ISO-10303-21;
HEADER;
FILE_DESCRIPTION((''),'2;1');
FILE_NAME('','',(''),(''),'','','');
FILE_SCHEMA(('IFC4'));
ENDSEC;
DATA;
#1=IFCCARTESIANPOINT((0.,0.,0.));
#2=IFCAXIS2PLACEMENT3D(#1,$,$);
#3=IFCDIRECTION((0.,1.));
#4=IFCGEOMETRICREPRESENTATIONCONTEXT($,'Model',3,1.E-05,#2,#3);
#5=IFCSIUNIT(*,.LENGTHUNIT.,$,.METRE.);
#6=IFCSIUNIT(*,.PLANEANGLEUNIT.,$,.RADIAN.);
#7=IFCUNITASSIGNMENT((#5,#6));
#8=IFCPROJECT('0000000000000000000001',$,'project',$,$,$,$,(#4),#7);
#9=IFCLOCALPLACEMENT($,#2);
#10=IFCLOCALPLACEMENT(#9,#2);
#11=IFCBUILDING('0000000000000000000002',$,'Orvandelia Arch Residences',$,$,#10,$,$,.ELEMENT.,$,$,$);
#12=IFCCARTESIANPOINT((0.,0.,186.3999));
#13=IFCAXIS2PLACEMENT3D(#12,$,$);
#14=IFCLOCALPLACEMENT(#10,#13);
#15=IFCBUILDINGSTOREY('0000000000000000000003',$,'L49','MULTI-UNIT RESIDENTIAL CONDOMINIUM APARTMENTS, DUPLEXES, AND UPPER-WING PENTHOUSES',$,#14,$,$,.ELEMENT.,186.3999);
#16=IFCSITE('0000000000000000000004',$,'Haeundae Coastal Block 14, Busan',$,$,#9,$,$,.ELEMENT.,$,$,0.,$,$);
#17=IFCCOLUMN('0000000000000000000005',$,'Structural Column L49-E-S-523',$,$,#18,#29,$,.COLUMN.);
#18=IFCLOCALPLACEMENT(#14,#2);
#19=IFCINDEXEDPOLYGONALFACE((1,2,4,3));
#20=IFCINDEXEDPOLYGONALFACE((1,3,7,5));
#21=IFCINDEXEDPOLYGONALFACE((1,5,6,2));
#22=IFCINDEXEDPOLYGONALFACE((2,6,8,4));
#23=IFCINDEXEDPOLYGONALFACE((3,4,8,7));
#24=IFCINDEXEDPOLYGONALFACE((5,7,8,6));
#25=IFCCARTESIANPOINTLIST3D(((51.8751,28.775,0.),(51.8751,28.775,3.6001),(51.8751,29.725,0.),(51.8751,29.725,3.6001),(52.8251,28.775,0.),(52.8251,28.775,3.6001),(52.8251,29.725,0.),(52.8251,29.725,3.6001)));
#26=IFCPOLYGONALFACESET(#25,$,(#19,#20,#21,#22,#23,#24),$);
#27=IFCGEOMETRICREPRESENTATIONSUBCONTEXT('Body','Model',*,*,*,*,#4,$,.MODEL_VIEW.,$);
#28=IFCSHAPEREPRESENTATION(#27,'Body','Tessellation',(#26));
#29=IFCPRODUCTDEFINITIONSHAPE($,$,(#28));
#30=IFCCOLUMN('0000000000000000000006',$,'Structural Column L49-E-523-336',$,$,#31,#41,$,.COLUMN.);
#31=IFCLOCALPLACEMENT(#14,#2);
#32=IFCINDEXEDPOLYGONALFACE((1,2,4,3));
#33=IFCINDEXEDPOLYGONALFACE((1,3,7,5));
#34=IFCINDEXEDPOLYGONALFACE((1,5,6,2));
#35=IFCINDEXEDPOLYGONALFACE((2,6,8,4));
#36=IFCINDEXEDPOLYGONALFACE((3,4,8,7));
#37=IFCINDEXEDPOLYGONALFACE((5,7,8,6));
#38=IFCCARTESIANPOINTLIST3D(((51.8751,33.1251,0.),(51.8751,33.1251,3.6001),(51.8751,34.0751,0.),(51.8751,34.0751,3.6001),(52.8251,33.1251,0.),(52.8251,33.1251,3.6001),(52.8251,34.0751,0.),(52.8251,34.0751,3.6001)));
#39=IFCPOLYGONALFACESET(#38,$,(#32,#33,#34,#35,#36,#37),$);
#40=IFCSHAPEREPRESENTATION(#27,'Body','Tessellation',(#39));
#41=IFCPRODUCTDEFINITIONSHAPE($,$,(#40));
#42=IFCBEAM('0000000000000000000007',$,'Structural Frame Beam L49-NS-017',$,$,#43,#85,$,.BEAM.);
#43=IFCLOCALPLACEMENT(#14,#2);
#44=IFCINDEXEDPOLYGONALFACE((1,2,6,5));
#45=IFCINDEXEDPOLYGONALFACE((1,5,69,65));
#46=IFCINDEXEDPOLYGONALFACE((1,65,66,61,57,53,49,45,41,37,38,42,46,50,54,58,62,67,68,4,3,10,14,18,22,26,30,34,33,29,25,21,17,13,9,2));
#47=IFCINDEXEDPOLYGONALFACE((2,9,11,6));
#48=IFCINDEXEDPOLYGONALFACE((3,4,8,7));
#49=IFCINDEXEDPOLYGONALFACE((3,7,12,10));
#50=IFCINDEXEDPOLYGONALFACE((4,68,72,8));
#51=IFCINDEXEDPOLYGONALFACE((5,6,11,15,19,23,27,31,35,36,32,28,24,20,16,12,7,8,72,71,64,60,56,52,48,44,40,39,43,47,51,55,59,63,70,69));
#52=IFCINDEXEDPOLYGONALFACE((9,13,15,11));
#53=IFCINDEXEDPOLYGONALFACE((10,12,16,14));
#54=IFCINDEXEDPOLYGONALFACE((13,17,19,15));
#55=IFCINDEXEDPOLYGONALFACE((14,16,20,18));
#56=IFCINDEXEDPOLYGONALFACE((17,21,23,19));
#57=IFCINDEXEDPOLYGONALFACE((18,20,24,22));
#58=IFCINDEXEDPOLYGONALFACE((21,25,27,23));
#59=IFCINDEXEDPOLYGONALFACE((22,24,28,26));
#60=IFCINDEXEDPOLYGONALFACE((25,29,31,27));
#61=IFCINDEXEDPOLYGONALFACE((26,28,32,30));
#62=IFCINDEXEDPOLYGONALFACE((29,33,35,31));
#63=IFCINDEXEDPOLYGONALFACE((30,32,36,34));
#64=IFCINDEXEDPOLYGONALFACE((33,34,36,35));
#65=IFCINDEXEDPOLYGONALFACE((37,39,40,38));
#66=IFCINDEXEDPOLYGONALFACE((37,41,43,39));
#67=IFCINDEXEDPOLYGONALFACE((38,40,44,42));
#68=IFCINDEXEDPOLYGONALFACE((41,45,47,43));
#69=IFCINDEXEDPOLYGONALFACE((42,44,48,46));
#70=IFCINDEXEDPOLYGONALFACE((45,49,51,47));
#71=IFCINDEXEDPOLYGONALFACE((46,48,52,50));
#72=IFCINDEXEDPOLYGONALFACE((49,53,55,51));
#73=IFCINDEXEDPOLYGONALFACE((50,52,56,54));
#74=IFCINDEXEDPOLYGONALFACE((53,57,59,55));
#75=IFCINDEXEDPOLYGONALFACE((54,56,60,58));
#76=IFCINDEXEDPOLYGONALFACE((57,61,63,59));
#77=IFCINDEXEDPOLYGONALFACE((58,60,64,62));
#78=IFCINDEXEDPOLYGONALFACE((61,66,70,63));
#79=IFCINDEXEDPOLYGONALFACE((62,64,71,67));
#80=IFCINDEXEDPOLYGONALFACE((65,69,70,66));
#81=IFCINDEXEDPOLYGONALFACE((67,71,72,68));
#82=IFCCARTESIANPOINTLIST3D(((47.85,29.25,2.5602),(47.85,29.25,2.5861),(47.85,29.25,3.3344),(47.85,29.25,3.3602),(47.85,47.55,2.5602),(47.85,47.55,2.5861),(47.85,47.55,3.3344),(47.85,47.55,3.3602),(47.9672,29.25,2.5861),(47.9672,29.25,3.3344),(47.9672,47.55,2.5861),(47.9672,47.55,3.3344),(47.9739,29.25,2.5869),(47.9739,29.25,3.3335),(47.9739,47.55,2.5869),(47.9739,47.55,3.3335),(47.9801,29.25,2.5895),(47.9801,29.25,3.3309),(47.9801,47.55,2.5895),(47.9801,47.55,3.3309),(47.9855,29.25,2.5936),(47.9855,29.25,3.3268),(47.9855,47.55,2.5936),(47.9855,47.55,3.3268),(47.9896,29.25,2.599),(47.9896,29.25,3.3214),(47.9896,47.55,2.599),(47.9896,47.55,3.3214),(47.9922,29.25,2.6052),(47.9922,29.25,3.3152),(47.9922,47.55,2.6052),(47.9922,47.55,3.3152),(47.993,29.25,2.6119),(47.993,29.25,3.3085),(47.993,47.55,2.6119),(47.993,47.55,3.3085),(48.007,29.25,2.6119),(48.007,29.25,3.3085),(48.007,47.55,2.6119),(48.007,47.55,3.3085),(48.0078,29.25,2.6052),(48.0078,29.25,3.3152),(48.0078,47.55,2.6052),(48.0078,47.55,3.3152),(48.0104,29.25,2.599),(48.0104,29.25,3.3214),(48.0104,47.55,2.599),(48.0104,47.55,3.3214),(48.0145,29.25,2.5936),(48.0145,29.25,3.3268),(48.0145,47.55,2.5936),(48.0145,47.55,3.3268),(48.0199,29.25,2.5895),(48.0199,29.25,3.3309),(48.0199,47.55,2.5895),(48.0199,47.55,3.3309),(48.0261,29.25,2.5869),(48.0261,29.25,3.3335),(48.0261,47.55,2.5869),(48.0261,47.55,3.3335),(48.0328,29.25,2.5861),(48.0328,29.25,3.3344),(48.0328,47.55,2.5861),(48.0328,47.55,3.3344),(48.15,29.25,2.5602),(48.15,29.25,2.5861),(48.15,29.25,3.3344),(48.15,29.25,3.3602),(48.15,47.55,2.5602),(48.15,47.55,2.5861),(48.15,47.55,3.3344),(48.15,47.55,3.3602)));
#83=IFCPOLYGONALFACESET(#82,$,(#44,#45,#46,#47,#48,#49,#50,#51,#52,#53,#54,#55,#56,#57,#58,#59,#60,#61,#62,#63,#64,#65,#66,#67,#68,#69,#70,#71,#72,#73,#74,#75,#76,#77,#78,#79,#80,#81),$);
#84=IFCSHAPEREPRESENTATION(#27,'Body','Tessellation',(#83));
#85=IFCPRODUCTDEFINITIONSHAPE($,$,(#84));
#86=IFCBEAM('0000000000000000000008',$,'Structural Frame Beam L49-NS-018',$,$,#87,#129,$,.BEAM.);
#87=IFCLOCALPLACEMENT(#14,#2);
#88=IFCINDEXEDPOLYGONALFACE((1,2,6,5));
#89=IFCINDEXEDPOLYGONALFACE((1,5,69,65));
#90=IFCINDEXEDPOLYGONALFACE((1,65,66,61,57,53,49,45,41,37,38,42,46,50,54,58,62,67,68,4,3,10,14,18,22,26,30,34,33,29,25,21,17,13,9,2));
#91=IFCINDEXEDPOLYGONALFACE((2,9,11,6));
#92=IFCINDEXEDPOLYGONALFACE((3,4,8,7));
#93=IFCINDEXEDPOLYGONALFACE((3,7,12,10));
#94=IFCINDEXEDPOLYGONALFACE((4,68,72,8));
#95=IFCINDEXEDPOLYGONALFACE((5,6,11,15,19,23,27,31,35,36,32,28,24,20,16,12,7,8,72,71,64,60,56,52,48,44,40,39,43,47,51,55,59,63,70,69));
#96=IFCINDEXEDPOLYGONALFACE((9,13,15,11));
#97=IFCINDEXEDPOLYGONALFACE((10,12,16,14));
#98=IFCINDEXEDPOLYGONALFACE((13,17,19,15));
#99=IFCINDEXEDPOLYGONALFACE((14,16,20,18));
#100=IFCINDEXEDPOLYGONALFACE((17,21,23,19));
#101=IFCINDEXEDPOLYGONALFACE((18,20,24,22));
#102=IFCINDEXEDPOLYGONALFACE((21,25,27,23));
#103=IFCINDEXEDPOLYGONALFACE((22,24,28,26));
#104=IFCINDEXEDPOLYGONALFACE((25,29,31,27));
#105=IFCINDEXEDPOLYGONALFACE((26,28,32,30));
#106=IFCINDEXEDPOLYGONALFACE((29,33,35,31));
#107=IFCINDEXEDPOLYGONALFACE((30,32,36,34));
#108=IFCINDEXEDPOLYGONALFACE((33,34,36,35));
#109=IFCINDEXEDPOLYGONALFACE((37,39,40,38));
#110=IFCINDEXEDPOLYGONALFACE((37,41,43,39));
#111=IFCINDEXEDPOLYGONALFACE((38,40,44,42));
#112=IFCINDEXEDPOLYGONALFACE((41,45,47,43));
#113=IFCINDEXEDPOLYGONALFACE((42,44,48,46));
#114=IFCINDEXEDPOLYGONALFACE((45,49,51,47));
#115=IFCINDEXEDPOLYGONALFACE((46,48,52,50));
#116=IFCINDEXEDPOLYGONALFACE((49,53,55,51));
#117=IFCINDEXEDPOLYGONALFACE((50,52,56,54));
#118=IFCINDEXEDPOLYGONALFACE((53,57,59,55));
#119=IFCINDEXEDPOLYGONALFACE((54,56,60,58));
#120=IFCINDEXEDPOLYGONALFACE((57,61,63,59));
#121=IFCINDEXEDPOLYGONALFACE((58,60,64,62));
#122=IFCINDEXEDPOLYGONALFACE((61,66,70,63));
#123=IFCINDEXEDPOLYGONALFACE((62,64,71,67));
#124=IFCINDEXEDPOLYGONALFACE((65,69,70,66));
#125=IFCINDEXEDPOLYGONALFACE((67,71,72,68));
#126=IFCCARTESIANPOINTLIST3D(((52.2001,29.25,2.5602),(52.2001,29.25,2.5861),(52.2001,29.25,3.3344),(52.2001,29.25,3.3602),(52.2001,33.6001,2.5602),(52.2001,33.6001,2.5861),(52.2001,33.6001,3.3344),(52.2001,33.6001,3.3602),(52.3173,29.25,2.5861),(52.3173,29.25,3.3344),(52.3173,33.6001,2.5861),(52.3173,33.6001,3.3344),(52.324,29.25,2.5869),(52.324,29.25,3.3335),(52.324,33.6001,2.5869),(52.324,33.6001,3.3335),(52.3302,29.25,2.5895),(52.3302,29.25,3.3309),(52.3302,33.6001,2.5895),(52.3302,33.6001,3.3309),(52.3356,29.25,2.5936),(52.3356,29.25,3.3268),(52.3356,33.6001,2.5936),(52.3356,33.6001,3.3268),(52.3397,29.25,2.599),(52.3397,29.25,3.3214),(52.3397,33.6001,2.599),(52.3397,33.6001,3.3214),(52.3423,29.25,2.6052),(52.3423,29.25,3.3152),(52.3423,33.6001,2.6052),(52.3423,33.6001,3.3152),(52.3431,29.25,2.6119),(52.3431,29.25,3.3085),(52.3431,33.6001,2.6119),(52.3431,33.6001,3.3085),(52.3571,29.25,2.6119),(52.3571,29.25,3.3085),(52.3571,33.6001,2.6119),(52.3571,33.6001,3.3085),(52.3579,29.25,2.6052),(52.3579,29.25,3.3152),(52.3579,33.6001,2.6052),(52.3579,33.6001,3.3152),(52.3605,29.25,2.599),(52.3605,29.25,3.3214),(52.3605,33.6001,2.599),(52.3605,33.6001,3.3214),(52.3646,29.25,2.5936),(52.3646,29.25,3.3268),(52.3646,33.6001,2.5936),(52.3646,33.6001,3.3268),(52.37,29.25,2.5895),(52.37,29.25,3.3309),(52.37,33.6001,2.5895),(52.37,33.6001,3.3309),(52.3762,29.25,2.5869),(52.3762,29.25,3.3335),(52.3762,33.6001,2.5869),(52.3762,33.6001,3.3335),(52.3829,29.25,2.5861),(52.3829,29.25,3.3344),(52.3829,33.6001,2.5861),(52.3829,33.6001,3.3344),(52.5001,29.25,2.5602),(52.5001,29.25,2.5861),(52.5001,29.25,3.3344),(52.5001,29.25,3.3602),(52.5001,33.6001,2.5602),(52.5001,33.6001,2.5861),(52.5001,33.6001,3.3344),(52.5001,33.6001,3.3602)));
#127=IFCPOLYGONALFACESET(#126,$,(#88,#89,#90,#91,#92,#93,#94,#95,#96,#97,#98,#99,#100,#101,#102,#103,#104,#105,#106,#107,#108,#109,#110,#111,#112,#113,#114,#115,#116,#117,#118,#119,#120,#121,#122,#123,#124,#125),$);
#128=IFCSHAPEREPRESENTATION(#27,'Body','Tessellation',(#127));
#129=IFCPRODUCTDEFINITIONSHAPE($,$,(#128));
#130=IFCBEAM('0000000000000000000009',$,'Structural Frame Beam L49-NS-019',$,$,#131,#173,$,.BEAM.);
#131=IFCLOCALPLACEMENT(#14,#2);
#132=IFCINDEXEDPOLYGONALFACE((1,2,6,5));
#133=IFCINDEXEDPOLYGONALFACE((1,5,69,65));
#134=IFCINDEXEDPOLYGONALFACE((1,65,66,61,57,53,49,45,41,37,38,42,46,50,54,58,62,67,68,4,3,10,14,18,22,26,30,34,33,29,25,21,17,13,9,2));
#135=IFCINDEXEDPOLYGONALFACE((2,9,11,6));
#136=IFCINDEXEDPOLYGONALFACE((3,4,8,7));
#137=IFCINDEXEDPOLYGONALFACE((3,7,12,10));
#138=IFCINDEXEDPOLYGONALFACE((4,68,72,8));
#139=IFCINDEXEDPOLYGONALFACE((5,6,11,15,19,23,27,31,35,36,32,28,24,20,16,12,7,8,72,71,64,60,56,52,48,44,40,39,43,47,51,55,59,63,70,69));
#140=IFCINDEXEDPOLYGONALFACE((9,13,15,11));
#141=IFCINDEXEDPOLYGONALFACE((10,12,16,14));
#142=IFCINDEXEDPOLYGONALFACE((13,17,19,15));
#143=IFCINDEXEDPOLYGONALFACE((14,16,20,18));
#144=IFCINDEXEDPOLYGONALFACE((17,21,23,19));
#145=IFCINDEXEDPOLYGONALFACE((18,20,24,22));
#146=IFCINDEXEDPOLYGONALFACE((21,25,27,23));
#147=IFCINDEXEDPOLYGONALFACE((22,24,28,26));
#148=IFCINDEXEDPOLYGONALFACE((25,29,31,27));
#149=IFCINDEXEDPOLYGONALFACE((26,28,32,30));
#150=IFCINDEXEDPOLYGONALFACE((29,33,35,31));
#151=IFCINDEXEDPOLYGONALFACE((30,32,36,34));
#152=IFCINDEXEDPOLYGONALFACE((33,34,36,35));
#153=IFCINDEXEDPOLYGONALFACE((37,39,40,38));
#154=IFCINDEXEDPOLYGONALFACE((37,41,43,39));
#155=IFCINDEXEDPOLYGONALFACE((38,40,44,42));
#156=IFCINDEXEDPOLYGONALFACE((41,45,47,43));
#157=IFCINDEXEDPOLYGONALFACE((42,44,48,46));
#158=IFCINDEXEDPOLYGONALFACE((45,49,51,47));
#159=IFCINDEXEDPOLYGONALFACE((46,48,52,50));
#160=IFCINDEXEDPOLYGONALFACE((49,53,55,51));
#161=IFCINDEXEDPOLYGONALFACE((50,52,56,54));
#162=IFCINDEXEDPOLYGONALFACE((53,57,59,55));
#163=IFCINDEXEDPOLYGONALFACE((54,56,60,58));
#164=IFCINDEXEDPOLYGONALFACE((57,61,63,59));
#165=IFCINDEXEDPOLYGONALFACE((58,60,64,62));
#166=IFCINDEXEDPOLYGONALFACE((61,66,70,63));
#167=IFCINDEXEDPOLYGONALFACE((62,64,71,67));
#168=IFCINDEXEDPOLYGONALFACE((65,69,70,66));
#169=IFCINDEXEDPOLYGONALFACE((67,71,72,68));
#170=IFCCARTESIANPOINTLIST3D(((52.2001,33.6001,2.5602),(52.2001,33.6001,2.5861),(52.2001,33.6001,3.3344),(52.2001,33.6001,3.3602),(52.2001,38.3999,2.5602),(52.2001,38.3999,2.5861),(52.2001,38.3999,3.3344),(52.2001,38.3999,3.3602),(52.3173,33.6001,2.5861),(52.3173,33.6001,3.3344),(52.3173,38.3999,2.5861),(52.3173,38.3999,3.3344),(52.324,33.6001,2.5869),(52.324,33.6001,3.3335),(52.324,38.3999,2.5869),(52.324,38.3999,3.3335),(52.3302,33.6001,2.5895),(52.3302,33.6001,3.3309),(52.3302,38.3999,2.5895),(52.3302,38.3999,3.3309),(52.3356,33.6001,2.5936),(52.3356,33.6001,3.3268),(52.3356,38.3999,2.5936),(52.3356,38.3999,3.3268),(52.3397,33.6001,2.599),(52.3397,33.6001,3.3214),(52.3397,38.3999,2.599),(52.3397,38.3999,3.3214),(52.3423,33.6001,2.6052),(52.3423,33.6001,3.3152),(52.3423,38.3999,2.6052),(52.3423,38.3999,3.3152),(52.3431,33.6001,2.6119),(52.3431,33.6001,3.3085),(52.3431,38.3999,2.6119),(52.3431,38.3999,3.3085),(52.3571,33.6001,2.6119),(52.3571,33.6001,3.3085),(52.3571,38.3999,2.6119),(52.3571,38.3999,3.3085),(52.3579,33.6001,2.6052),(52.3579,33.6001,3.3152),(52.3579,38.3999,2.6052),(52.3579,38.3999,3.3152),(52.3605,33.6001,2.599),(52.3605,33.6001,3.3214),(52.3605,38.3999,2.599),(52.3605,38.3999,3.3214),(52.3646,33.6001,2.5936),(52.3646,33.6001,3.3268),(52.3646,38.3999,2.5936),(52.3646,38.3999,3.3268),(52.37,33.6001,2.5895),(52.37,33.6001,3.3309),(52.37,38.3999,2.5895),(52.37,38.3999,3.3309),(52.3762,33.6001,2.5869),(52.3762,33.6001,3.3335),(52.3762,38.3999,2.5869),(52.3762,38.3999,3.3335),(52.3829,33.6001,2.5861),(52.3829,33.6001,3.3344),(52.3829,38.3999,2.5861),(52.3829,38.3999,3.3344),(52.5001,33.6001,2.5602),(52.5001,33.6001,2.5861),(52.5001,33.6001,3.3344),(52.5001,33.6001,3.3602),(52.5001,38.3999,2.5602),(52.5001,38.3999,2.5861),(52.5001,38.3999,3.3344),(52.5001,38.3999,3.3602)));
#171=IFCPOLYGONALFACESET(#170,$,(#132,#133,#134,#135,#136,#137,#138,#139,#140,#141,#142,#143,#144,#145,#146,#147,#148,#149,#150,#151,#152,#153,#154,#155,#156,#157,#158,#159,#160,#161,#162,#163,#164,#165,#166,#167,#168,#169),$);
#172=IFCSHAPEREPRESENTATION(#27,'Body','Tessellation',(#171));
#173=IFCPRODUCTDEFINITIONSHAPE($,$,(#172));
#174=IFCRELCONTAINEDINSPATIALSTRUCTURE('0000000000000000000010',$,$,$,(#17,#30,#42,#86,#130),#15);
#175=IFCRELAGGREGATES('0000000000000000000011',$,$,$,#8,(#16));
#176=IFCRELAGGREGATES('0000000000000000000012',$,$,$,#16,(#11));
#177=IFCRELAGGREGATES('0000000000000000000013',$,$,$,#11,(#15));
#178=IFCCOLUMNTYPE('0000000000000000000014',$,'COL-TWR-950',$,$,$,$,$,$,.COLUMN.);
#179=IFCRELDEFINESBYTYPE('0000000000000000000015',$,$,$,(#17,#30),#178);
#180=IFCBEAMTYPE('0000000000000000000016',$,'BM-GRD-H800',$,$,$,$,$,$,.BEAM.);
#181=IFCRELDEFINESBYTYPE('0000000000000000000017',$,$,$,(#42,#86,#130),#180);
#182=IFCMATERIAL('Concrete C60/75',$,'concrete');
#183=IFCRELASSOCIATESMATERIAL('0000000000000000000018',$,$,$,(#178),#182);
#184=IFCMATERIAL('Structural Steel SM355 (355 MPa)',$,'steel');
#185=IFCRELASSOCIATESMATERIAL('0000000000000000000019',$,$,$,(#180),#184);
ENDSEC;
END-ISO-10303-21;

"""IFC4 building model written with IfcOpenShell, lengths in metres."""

from ifc_helpers import new_model, si_unit, direction, frame, origin, origin_2d, place, context, subcontext, project, spatial, rectangle, i_section, extrude, material, material_profile, profile_set, type_object, element, save


model = new_model("IFC4")

# Units and contexts
model_context = context("Model", 3, precision=1e-05, world=origin(), true_north=direction((0.0, 1.0)))
body_context = subcontext(model_context, "Body", "Model", "MODEL_VIEW")
ifc_project = project(units=[si_unit("LENGTHUNIT", "METRE"), si_unit("PLANEANGLEUNIT", "RADIAN")], contexts=[model_context])

# Site, building, storey
site_placement = place(None, origin())
site = spatial("IfcSite", under=ifc_project, at=site_placement, Name="Haeundae Coastal Block 14, Busan", CompositionType="ELEMENT", RefElevation=0.0)
building_placement = place(site_placement, origin())
building = spatial("IfcBuilding", under=site, at=building_placement, Name="Orvandelia Arch Residences", CompositionType="ELEMENT")
storey_placement = place(building_placement, frame((0.0, 0.0, 186.3999)))
storey = spatial("IfcBuildingStorey", under=building, at=storey_placement, Name="L49", Description="MULTI-UNIT RESIDENTIAL CONDOMINIUM APARTMENTS, DUPLEXES, AND UPPER-WING PENTHOUSES", CompositionType="ELEMENT", Elevation=186.3999)

# Columns
ifc_material_1 = material(Name="Concrete C60/75", Category="concrete")
ifc_material_profile_1 = material_profile(ifc_material_1, rectangle(XDim=0.95, YDim=0.95, at=origin_2d()), Name="Concrete C60/75", Category="concrete")
ifc_profile_set_1 = profile_set([ifc_material_profile_1], Name="Concrete C60/75")
column_type = type_object("IfcColumnType", Name="COL-TWR-950", PredefinedType="COLUMN", material=ifc_profile_set_1)
for number, where, z_axis, x_axis, name in (
    (1, (52.3501, 29.25, 0.0), (0.0, 0.0, 1.0), (1.0, 0.0, 0.0), "Structural Column L49-E-S-523"),
    (2, (52.3501, 33.6001, 0.0), (0.0, 0.0, 1.0), (1.0, 0.0, 0.0), "Structural Column L49-E-523-336"),
):
    element("IfcColumn", number, at=place(storey_placement, frame(where, z_axis=z_axis, x_axis=x_axis)), inside=storey, type_object=column_type, Name=name, PredefinedType="COLUMN", context=body_context, shape_type="SweptSolid", body=[
        extrude(rectangle(XDim=0.95, YDim=0.95, at=origin_2d()), origin(), (0.0, 0.0, 1.0), 3.6001),
    ])

# Beams
ifc_material_2 = material(Name="Structural Steel SM355 (355 MPa)", Category="steel")
ifc_material_profile_2 = material_profile(ifc_material_2, i_section(OverallWidth=0.3, OverallDepth=0.8, WebThickness=0.0139, FlangeThickness=0.0259, FilletRadius=0.0259, at=origin_2d()), Name="Structural Steel SM355 (355 MPa)", Category="steel")
ifc_profile_set_2 = profile_set([ifc_material_profile_2], Name="Structural Steel SM355 (355 MPa)")
beam_type = type_object("IfcBeamType", Name="BM-GRD-H800", PredefinedType="BEAM", material=ifc_profile_set_2)
beam_1_placement = place(storey_placement, frame((48.0, 29.25, 2.9602), z_axis=(0.0, 1.0, 0.0), x_axis=(-1.0, 0.0, 0.0)))
element("IfcBeam", 3, at=beam_1_placement, inside=storey, type_object=beam_type, Name="Structural Frame Beam L49-NS-017", PredefinedType="BEAM", context=body_context, shape_type="SweptSolid", body=[
    extrude(i_section(OverallWidth=0.3, OverallDepth=0.8, WebThickness=0.0139, FlangeThickness=0.0259, FilletRadius=0.0259, at=origin_2d()), origin(), (0.0, 0.0, 1.0), 18.3),
])
beam_2_placement = place(storey_placement, frame((52.3501, 29.25, 2.9602), z_axis=(0.0, 1.0, 0.0), x_axis=(-1.0, 0.0, 0.0)))
element("IfcBeam", 4, at=beam_2_placement, inside=storey, type_object=beam_type, Name="Structural Frame Beam L49-NS-018", PredefinedType="BEAM", context=body_context, shape_type="SweptSolid", body=[
    extrude(i_section(OverallWidth=0.3, OverallDepth=0.8, WebThickness=0.0139, FlangeThickness=0.0259, FilletRadius=0.0259, at=origin_2d()), origin(), (0.0, 0.0, 1.0), 4.3501),
])
beam_3_placement = place(storey_placement, frame((52.3501, 33.6001, 2.9602), z_axis=(0.0, 1.0, 0.0), x_axis=(-1.0, 0.0, 0.0)))
element("IfcBeam", 5, at=beam_3_placement, inside=storey, type_object=beam_type, Name="Structural Frame Beam L49-NS-019", PredefinedType="BEAM", context=body_context, shape_type="SweptSolid", body=[
    extrude(i_section(OverallWidth=0.3, OverallDepth=0.8, WebThickness=0.0139, FlangeThickness=0.0259, FilletRadius=0.0259, at=origin_2d()), origin(), (0.0, 0.0, 1.0), 4.7998),
])

save(model, "model.ifc")
